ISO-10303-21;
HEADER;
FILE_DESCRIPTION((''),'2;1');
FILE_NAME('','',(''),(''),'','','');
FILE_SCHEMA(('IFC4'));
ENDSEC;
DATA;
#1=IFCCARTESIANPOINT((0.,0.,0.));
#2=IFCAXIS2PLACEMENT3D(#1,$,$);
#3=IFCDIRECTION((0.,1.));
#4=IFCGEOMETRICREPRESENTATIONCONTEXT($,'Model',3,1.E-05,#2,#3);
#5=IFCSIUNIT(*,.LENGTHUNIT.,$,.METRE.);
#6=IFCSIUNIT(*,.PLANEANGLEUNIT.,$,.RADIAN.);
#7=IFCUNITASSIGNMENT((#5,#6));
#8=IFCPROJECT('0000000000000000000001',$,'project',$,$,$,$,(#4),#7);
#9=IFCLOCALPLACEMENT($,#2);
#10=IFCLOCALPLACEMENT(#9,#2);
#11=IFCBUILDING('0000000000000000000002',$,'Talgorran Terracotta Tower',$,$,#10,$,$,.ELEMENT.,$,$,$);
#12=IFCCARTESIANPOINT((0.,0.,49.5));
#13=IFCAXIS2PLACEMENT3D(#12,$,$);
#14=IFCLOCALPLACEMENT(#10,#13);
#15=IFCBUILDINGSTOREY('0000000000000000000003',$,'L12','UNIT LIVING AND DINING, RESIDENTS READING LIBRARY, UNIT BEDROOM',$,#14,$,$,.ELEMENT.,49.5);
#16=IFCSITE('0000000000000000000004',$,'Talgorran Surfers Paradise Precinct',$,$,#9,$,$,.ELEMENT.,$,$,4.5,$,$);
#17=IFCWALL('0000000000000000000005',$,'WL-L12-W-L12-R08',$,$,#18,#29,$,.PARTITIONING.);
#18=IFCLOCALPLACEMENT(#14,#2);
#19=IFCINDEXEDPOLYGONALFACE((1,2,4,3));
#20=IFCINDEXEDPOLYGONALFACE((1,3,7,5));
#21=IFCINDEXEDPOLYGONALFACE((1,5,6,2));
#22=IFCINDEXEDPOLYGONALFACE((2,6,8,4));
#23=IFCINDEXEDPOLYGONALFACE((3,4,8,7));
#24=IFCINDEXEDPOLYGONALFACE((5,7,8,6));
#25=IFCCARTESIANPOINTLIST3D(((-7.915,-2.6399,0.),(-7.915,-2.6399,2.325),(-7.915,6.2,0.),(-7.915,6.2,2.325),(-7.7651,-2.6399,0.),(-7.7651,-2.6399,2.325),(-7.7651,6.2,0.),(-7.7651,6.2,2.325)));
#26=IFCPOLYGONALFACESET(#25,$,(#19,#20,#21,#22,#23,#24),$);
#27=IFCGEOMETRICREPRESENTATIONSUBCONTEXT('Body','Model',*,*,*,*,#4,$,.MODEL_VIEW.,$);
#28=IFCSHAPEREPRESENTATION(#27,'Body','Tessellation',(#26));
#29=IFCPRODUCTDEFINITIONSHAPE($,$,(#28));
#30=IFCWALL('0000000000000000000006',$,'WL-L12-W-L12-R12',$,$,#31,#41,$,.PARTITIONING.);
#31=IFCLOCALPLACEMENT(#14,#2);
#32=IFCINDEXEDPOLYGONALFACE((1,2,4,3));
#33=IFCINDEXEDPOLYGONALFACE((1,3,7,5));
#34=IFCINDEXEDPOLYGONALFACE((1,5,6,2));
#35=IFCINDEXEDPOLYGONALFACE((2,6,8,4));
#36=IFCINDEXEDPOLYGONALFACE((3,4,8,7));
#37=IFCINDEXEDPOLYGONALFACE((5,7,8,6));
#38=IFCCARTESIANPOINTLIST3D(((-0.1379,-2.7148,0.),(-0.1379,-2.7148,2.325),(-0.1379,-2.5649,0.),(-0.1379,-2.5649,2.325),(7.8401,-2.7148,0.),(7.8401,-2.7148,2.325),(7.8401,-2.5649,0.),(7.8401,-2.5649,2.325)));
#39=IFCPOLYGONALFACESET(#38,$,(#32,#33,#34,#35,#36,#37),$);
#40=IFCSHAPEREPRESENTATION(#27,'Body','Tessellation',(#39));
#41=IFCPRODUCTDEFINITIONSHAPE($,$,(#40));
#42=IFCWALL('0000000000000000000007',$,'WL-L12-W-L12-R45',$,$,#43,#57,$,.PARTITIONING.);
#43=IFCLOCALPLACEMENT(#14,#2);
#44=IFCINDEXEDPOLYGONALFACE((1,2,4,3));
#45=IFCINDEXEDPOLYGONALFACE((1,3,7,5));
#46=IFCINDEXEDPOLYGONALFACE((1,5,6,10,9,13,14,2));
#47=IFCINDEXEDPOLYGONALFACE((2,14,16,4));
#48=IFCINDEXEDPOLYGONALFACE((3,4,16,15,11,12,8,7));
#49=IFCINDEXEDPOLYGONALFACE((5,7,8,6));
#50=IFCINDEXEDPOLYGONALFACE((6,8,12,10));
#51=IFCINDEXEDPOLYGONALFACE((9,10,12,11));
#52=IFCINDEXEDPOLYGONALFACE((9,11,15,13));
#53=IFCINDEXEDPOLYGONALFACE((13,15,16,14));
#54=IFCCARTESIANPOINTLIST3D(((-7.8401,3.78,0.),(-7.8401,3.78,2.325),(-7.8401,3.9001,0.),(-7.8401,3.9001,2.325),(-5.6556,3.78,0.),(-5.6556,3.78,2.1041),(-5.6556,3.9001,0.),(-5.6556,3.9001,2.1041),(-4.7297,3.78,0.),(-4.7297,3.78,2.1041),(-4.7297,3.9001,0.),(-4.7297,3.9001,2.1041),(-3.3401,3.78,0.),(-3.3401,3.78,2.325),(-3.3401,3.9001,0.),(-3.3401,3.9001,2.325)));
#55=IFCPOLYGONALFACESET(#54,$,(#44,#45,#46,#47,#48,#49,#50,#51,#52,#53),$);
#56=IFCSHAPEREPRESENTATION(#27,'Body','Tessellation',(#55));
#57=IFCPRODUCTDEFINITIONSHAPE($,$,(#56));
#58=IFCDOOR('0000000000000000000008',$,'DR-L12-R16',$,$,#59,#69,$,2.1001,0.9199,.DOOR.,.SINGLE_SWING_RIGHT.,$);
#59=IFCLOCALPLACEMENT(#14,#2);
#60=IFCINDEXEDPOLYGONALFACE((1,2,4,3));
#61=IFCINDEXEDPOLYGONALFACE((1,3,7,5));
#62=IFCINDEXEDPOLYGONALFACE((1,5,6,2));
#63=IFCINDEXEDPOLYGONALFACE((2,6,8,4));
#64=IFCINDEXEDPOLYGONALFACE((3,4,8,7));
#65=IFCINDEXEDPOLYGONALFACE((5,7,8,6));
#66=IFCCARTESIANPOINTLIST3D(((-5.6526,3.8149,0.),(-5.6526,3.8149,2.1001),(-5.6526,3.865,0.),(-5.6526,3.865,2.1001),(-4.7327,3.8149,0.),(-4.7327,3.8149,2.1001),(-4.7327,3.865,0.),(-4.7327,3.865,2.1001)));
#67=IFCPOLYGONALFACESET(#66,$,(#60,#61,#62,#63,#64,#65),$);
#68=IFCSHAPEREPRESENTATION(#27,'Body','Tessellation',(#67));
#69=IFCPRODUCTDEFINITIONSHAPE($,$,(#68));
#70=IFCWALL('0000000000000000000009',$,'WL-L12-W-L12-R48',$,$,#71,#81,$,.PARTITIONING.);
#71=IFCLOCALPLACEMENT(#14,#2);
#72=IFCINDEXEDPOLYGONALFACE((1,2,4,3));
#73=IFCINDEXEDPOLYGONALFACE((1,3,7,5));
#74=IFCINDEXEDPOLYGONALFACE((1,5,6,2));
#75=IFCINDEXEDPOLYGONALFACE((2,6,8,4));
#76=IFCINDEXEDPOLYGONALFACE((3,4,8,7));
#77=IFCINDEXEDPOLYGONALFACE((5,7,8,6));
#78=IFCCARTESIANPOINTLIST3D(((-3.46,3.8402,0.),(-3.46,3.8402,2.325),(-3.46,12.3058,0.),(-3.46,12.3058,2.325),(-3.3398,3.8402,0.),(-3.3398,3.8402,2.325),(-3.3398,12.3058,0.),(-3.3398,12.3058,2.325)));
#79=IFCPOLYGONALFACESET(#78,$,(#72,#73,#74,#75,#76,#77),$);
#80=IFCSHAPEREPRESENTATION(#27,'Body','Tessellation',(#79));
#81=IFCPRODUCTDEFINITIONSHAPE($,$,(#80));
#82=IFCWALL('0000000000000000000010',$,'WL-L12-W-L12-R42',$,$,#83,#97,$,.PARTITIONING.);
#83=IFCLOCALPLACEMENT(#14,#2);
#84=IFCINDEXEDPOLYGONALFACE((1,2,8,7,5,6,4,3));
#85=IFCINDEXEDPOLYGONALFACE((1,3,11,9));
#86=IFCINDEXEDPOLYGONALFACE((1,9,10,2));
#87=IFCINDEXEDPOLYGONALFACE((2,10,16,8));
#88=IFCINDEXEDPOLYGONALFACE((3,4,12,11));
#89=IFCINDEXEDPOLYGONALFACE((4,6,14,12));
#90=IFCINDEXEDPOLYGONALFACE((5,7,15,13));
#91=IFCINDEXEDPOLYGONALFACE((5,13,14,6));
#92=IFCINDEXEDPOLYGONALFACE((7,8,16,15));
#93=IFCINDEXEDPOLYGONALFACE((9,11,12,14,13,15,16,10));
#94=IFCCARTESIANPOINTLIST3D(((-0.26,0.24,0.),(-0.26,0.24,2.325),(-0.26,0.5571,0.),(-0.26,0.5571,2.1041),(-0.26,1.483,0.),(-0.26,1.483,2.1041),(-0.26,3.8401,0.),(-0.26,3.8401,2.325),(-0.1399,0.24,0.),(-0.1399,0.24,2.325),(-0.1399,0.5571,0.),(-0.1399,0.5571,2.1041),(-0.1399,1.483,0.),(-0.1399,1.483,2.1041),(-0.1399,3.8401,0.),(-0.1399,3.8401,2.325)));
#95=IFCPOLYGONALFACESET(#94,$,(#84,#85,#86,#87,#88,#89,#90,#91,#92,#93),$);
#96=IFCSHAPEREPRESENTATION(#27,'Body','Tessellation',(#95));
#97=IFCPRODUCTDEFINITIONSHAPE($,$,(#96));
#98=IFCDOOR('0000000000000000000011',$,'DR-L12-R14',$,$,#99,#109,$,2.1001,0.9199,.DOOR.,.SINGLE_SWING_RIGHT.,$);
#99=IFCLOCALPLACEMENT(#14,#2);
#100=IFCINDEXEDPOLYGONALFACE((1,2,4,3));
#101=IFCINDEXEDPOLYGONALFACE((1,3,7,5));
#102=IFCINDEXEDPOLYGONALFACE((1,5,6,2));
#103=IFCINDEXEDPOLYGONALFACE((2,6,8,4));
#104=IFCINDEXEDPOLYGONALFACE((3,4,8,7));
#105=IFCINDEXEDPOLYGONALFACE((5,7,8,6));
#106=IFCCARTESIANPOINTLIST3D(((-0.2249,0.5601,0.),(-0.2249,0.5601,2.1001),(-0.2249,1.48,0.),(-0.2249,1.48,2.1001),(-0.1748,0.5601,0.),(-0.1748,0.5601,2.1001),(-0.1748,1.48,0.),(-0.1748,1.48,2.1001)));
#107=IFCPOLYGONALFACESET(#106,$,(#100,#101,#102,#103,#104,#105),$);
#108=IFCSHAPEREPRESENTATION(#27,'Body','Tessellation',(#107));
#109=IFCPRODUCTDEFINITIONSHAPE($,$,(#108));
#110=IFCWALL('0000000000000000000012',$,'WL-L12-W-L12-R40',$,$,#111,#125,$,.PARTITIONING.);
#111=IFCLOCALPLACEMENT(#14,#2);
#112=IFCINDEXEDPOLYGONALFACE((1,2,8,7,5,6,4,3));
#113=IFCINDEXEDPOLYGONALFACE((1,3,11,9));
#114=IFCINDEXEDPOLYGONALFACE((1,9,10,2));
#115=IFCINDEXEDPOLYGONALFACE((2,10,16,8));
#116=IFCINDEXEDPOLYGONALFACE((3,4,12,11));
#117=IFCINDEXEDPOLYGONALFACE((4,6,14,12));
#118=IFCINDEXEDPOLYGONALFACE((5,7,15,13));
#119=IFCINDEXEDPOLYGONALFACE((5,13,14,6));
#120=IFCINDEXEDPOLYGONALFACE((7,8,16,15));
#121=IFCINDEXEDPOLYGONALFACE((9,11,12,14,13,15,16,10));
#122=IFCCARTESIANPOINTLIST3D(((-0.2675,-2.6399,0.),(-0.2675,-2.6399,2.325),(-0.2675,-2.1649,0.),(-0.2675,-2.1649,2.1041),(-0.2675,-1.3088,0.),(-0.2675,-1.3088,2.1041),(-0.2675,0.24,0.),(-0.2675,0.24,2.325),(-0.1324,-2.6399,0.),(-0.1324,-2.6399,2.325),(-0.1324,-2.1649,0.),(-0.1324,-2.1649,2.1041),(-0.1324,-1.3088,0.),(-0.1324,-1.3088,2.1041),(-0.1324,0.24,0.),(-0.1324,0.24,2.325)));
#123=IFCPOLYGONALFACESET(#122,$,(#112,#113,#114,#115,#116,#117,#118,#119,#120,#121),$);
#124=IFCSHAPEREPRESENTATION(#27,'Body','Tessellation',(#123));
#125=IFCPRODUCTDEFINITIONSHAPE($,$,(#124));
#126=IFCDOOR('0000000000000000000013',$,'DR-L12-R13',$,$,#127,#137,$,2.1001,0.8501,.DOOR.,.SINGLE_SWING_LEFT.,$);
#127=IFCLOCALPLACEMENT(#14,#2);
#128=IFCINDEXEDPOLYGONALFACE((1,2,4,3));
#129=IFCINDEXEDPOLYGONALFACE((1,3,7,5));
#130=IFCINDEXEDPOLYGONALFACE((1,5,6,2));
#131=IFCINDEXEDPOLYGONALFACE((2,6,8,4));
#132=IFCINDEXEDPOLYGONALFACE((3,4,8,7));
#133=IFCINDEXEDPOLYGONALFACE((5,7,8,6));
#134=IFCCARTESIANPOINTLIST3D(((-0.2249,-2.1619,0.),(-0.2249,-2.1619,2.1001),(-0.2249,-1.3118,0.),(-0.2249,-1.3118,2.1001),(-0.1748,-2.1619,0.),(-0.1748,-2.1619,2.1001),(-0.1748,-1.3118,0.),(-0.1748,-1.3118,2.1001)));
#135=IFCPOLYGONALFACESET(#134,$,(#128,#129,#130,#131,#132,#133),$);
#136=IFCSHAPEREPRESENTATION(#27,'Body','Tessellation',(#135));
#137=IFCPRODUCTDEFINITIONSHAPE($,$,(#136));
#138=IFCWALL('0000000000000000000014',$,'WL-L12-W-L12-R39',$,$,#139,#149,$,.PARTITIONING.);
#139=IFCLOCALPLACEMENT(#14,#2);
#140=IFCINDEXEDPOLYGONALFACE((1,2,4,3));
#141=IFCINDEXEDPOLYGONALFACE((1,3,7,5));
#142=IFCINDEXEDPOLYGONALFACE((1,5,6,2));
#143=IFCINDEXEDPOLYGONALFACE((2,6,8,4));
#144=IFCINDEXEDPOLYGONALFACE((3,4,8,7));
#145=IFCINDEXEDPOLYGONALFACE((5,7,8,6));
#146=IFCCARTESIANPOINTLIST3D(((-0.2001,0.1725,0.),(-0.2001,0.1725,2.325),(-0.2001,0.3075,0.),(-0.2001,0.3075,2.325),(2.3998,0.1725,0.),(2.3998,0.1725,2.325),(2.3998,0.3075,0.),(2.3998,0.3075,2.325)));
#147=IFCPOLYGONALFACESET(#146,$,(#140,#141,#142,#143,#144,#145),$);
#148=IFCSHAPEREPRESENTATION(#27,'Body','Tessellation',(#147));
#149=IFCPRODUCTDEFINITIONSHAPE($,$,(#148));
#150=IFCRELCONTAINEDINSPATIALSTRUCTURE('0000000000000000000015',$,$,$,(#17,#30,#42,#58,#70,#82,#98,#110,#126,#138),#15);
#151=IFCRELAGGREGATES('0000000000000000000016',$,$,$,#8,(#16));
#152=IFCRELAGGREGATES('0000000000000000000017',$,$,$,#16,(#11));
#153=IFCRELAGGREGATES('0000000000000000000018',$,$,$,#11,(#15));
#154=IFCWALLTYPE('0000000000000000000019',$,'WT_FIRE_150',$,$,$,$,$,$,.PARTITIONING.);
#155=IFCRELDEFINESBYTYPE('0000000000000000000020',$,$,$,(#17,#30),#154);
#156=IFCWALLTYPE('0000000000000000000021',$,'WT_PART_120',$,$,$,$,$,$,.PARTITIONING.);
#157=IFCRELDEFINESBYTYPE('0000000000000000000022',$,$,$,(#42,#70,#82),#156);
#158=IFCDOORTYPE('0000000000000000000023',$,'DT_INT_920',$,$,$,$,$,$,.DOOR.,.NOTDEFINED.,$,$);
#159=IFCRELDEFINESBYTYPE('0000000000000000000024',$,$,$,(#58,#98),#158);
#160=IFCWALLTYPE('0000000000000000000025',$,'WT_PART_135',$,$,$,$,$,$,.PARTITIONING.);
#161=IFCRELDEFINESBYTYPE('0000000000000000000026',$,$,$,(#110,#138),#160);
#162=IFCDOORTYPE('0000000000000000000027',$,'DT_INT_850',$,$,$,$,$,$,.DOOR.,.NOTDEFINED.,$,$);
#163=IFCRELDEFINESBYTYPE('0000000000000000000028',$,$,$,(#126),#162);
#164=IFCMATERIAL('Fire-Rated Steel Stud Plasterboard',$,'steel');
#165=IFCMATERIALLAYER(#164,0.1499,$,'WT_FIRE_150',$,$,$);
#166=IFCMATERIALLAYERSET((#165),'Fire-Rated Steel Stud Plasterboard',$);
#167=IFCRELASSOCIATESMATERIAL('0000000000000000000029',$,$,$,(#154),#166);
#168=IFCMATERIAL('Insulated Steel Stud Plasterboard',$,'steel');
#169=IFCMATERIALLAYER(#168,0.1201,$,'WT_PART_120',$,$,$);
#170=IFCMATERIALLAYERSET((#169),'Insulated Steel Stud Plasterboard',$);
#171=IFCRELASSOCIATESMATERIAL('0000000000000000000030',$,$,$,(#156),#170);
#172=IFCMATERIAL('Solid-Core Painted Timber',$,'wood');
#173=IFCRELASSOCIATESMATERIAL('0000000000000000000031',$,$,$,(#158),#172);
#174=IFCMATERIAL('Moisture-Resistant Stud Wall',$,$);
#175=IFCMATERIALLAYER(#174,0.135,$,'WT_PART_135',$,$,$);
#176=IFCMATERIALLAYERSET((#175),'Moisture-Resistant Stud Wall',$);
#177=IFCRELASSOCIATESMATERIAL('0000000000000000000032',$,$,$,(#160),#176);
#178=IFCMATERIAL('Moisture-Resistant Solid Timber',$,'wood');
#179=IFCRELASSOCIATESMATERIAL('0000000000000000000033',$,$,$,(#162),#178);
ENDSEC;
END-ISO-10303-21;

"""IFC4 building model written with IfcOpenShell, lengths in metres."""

from ifc_helpers import new_model, si_unit, direction, frame, frame_2d, origin, place, context, subcontext, project, spatial, rectangle, extrude, material, layer, layer_set, type_object, element, fill, save


model = new_model("IFC4")

# Units and contexts
model_context = context("Model", 3, precision=1e-05, world=origin(), true_north=direction((0.0, 1.0)))
body_context = subcontext(model_context, "Body", "Model", "MODEL_VIEW")
ifc_project = project(units=[si_unit("LENGTHUNIT", "METRE"), si_unit("PLANEANGLEUNIT", "RADIAN")], contexts=[model_context])

# Site, building, storey
site_placement = place(None, origin())
site = spatial("IfcSite", under=ifc_project, at=site_placement, Name="Talgorran Surfers Paradise Precinct", CompositionType="ELEMENT", RefElevation=4.5)
building_placement = place(site_placement, origin())
building = spatial("IfcBuilding", under=site, at=building_placement, Name="Talgorran Terracotta Tower", CompositionType="ELEMENT")
storey_placement = place(building_placement, frame((0.0, 0.0, 49.5)))
storey = spatial("IfcBuildingStorey", under=building, at=storey_placement, Name="L12", Description="UNIT LIVING AND DINING, RESIDENTS READING LIBRARY, UNIT BEDROOM", CompositionType="ELEMENT", Elevation=49.5)

# Shared definitions
ifc_material_1 = material(Name="Fire-Rated Steel Stud Plasterboard", Category="steel")
ifc_layer_1 = layer(ifc_material_1, 0.1499, Name="WT_FIRE_150")
ifc_layer_set_1 = layer_set([ifc_layer_1], Name="Fire-Rated Steel Stud Plasterboard")
wall_type_1 = type_object("IfcWallType", Name="WT_FIRE_150", PredefinedType="PARTITIONING", material=ifc_layer_set_1)

# Walls
wall_1_placement = place(storey_placement, frame((-7.8401, -2.6399, 0.0), z_axis=(0.0, 0.0, 1.0), x_axis=(0.0, 1.0, 0.0)))
element("IfcWall", 1, at=wall_1_placement, inside=storey, type_object=wall_type_1, Name="WL-L12-W-L12-R08", PredefinedType="PARTITIONING", context=body_context, shape_type="SweptSolid", body=[
    extrude(rectangle(XDim=8.8398, YDim=0.1499, at=frame_2d((4.4199, 0.0))), origin(), (0.0, 0.0, 1.0), 2.325),
])
wall_2_placement = place(storey_placement, frame((-0.1379, -2.6399, 0.0), z_axis=(0.0, 0.0, 1.0), x_axis=(1.0, 0.0, 0.0)))
element("IfcWall", 2, at=wall_2_placement, inside=storey, type_object=wall_type_1, Name="WL-L12-W-L12-R12", PredefinedType="PARTITIONING", context=body_context, shape_type="SweptSolid", body=[
    extrude(rectangle(XDim=7.978, YDim=0.1499, at=frame_2d((3.989, 0.0))), origin(), (0.0, 0.0, 1.0), 2.325),
])

# Wall, opening, door
ifc_material_2 = material(Name="Insulated Steel Stud Plasterboard", Category="steel")
ifc_layer_2 = layer(ifc_material_2, 0.1201, Name="WT_PART_120")
ifc_layer_set_2 = layer_set([ifc_layer_2], Name="Insulated Steel Stud Plasterboard")
wall_type_2 = type_object("IfcWallType", Name="WT_PART_120", PredefinedType="PARTITIONING", material=ifc_layer_set_2)
wall_3_placement = place(storey_placement, frame((-7.8401, 3.8401, 0.0), z_axis=(0.0, 0.0, 1.0), x_axis=(1.0, 0.0, 0.0)))
wall_3 = element("IfcWall", 3, at=wall_3_placement, inside=storey, type_object=wall_type_2, Name="WL-L12-W-L12-R45", PredefinedType="PARTITIONING", context=body_context, shape_type="SweptSolid", body=[
    extrude(rectangle(XDim=4.5, YDim=0.1201, at=frame_2d((2.25, 0.0))), origin(), (0.0, 0.0, 1.0), 2.325),
])
opening_1_placement = place(wall_3_placement, frame((2.1875, 0.0, 0.0)))
opening_1 = element("IfcOpeningElement", 4, at=opening_1_placement, cuts=wall_3, PredefinedType="OPENING", context=body_context, shape_type="SweptSolid", body=[
    extrude(rectangle(XDim=0.9259, YDim=2.1041, at=frame_2d((0.46, 1.052))), frame((0.0, 0.0701, 0.0), z_axis=(0.0, -1.0, 0.0), x_axis=(1.0, 0.0, 0.0)), (0.0, 0.0, 1.0), 0.1401),
])
ifc_material_3 = material(Name="Solid-Core Painted Timber", Category="wood")
door_type_1 = type_object("IfcDoorType", Name="DT_INT_920", OperationType="NOTDEFINED", PredefinedType="DOOR", material=ifc_material_3)
door_1_placement = place(opening_1_placement, origin())
door_1 = element("IfcDoor", 5, at=door_1_placement, inside=storey, type_object=door_type_1, Name="DR-L12-R16", OperationType="SINGLE_SWING_RIGHT", OverallHeight=2.1001, OverallWidth=0.9199, PredefinedType="DOOR", context=body_context, shape_type="SweptSolid", body=[
    extrude(rectangle(XDim=0.9199, YDim=2.1001, at=frame_2d((0.46, 1.05))), frame((0.0, 0.0249, 0.0), z_axis=(0.0, -1.0, 0.0), x_axis=(1.0, 0.0, 0.0)), (0.0, 0.0, 1.0), 0.05),
])
fill(opening_1, door_1)

# Wall
wall_4_placement = place(storey_placement, frame((-3.3999, 3.8401, 0.0), z_axis=(0.0, 0.0, 1.0), x_axis=(0.0, 1.0, 0.0)))
element("IfcWall", 6, at=wall_4_placement, inside=storey, type_object=wall_type_2, Name="WL-L12-W-L12-R48", PredefinedType="PARTITIONING", context=body_context, shape_type="SweptSolid", body=[
    extrude(rectangle(XDim=8.4656, YDim=0.1201, at=frame_2d((4.2329, 0.0))), origin(), (0.0, 0.0, 1.0), 2.325),
])

# Walls, openings, doors
wall_5_placement = place(storey_placement, frame((-0.2, 0.24, 0.0), z_axis=(0.0, 0.0, 1.0), x_axis=(0.0, 1.0, 0.0)))
wall_5 = element("IfcWall", 7, at=wall_5_placement, inside=storey, type_object=wall_type_2, Name="WL-L12-W-L12-R42", PredefinedType="PARTITIONING", context=body_context, shape_type="SweptSolid", body=[
    extrude(rectangle(XDim=3.6001, YDim=0.1201, at=frame_2d((1.8, 0.0))), origin(), (0.0, 0.0, 1.0), 2.325),
])
opening_2_placement = place(wall_5_placement, frame((0.3201, 0.0, 0.0)))
opening_2 = element("IfcOpeningElement", 8, at=opening_2_placement, cuts=wall_5, PredefinedType="OPENING", context=body_context, shape_type="SweptSolid", body=[
    extrude(rectangle(XDim=0.9259, YDim=2.1041, at=frame_2d((0.46, 1.052))), frame((0.0, 0.0701, 0.0), z_axis=(0.0, -1.0, 0.0), x_axis=(1.0, 0.0, 0.0)), (0.0, 0.0, 1.0), 0.1401),
])
door_2_placement = place(opening_2_placement, origin())
door_2 = element("IfcDoor", 9, at=door_2_placement, inside=storey, type_object=door_type_1, Name="DR-L12-R14", OperationType="SINGLE_SWING_RIGHT", OverallHeight=2.1001, OverallWidth=0.9199, PredefinedType="DOOR", context=body_context, shape_type="SweptSolid", body=[
    extrude(rectangle(XDim=0.9199, YDim=2.1001, at=frame_2d((0.46, 1.05))), frame((0.0, 0.0249, 0.0), z_axis=(0.0, -1.0, 0.0), x_axis=(1.0, 0.0, 0.0)), (0.0, 0.0, 1.0), 0.05),
])
fill(opening_2, door_2)
ifc_material_4 = material(Name="Moisture-Resistant Stud Wall")
ifc_layer_3 = layer(ifc_material_4, 0.135, Name="WT_PART_135")
ifc_layer_set_3 = layer_set([ifc_layer_3], Name="Moisture-Resistant Stud Wall")
wall_type_3 = type_object("IfcWallType", Name="WT_PART_135", PredefinedType="PARTITIONING", material=ifc_layer_set_3)
wall_6_placement = place(storey_placement, frame((-0.2, -2.6399, 0.0), z_axis=(0.0, 0.0, 1.0), x_axis=(0.0, 1.0, 0.0)))
wall_6 = element("IfcWall", 10, at=wall_6_placement, inside=storey, type_object=wall_type_3, Name="WL-L12-W-L12-R40", PredefinedType="PARTITIONING", context=body_context, shape_type="SweptSolid", body=[
    extrude(rectangle(XDim=2.8799, YDim=0.135, at=frame_2d((1.4399, 0.0))), origin(), (0.0, 0.0, 1.0), 2.325),
])
opening_3_placement = place(wall_6_placement, frame((0.478, 0.0, 0.0)))
opening_3 = element("IfcOpeningElement", 11, at=opening_3_placement, cuts=wall_6, PredefinedType="OPENING", context=body_context, shape_type="SweptSolid", body=[
    extrude(rectangle(XDim=0.8561, YDim=2.1041, at=frame_2d((0.425, 1.052))), frame((0.0, 0.0776, 0.0), z_axis=(0.0, -1.0, 0.0), x_axis=(1.0, 0.0, 0.0)), (0.0, 0.0, 1.0), 0.155),
])
ifc_material_5 = material(Name="Moisture-Resistant Solid Timber", Category="wood")
door_type_2 = type_object("IfcDoorType", Name="DT_INT_850", OperationType="NOTDEFINED", PredefinedType="DOOR", material=ifc_material_5)
door_3_placement = place(opening_3_placement, origin())
door_3 = element("IfcDoor", 12, at=door_3_placement, inside=storey, type_object=door_type_2, Name="DR-L12-R13", OperationType="SINGLE_SWING_LEFT", OverallHeight=2.1001, OverallWidth=0.8501, PredefinedType="DOOR", context=body_context, shape_type="SweptSolid", body=[
    extrude(rectangle(XDim=0.8501, YDim=2.1001, at=frame_2d((0.425, 1.05))), frame((0.0, 0.0249, 0.0), z_axis=(0.0, -1.0, 0.0), x_axis=(1.0, 0.0, 0.0)), (0.0, 0.0, 1.0), 0.05),
])
fill(opening_3, door_3)

# Wall
wall_7_placement = place(storey_placement, frame((-0.2, 0.24, 0.0), z_axis=(0.0, 0.0, 1.0), x_axis=(1.0, 0.0, 0.0)))
element("IfcWall", 13, at=wall_7_placement, inside=storey, type_object=wall_type_3, Name="WL-L12-W-L12-R39", PredefinedType="PARTITIONING", context=body_context, shape_type="SweptSolid", body=[
    extrude(rectangle(XDim=2.5999, YDim=0.135, at=frame_2d((1.2998, 0.0))), origin(), (0.0, 0.0, 1.0), 2.325),
])

save(model, "model.ifc")
